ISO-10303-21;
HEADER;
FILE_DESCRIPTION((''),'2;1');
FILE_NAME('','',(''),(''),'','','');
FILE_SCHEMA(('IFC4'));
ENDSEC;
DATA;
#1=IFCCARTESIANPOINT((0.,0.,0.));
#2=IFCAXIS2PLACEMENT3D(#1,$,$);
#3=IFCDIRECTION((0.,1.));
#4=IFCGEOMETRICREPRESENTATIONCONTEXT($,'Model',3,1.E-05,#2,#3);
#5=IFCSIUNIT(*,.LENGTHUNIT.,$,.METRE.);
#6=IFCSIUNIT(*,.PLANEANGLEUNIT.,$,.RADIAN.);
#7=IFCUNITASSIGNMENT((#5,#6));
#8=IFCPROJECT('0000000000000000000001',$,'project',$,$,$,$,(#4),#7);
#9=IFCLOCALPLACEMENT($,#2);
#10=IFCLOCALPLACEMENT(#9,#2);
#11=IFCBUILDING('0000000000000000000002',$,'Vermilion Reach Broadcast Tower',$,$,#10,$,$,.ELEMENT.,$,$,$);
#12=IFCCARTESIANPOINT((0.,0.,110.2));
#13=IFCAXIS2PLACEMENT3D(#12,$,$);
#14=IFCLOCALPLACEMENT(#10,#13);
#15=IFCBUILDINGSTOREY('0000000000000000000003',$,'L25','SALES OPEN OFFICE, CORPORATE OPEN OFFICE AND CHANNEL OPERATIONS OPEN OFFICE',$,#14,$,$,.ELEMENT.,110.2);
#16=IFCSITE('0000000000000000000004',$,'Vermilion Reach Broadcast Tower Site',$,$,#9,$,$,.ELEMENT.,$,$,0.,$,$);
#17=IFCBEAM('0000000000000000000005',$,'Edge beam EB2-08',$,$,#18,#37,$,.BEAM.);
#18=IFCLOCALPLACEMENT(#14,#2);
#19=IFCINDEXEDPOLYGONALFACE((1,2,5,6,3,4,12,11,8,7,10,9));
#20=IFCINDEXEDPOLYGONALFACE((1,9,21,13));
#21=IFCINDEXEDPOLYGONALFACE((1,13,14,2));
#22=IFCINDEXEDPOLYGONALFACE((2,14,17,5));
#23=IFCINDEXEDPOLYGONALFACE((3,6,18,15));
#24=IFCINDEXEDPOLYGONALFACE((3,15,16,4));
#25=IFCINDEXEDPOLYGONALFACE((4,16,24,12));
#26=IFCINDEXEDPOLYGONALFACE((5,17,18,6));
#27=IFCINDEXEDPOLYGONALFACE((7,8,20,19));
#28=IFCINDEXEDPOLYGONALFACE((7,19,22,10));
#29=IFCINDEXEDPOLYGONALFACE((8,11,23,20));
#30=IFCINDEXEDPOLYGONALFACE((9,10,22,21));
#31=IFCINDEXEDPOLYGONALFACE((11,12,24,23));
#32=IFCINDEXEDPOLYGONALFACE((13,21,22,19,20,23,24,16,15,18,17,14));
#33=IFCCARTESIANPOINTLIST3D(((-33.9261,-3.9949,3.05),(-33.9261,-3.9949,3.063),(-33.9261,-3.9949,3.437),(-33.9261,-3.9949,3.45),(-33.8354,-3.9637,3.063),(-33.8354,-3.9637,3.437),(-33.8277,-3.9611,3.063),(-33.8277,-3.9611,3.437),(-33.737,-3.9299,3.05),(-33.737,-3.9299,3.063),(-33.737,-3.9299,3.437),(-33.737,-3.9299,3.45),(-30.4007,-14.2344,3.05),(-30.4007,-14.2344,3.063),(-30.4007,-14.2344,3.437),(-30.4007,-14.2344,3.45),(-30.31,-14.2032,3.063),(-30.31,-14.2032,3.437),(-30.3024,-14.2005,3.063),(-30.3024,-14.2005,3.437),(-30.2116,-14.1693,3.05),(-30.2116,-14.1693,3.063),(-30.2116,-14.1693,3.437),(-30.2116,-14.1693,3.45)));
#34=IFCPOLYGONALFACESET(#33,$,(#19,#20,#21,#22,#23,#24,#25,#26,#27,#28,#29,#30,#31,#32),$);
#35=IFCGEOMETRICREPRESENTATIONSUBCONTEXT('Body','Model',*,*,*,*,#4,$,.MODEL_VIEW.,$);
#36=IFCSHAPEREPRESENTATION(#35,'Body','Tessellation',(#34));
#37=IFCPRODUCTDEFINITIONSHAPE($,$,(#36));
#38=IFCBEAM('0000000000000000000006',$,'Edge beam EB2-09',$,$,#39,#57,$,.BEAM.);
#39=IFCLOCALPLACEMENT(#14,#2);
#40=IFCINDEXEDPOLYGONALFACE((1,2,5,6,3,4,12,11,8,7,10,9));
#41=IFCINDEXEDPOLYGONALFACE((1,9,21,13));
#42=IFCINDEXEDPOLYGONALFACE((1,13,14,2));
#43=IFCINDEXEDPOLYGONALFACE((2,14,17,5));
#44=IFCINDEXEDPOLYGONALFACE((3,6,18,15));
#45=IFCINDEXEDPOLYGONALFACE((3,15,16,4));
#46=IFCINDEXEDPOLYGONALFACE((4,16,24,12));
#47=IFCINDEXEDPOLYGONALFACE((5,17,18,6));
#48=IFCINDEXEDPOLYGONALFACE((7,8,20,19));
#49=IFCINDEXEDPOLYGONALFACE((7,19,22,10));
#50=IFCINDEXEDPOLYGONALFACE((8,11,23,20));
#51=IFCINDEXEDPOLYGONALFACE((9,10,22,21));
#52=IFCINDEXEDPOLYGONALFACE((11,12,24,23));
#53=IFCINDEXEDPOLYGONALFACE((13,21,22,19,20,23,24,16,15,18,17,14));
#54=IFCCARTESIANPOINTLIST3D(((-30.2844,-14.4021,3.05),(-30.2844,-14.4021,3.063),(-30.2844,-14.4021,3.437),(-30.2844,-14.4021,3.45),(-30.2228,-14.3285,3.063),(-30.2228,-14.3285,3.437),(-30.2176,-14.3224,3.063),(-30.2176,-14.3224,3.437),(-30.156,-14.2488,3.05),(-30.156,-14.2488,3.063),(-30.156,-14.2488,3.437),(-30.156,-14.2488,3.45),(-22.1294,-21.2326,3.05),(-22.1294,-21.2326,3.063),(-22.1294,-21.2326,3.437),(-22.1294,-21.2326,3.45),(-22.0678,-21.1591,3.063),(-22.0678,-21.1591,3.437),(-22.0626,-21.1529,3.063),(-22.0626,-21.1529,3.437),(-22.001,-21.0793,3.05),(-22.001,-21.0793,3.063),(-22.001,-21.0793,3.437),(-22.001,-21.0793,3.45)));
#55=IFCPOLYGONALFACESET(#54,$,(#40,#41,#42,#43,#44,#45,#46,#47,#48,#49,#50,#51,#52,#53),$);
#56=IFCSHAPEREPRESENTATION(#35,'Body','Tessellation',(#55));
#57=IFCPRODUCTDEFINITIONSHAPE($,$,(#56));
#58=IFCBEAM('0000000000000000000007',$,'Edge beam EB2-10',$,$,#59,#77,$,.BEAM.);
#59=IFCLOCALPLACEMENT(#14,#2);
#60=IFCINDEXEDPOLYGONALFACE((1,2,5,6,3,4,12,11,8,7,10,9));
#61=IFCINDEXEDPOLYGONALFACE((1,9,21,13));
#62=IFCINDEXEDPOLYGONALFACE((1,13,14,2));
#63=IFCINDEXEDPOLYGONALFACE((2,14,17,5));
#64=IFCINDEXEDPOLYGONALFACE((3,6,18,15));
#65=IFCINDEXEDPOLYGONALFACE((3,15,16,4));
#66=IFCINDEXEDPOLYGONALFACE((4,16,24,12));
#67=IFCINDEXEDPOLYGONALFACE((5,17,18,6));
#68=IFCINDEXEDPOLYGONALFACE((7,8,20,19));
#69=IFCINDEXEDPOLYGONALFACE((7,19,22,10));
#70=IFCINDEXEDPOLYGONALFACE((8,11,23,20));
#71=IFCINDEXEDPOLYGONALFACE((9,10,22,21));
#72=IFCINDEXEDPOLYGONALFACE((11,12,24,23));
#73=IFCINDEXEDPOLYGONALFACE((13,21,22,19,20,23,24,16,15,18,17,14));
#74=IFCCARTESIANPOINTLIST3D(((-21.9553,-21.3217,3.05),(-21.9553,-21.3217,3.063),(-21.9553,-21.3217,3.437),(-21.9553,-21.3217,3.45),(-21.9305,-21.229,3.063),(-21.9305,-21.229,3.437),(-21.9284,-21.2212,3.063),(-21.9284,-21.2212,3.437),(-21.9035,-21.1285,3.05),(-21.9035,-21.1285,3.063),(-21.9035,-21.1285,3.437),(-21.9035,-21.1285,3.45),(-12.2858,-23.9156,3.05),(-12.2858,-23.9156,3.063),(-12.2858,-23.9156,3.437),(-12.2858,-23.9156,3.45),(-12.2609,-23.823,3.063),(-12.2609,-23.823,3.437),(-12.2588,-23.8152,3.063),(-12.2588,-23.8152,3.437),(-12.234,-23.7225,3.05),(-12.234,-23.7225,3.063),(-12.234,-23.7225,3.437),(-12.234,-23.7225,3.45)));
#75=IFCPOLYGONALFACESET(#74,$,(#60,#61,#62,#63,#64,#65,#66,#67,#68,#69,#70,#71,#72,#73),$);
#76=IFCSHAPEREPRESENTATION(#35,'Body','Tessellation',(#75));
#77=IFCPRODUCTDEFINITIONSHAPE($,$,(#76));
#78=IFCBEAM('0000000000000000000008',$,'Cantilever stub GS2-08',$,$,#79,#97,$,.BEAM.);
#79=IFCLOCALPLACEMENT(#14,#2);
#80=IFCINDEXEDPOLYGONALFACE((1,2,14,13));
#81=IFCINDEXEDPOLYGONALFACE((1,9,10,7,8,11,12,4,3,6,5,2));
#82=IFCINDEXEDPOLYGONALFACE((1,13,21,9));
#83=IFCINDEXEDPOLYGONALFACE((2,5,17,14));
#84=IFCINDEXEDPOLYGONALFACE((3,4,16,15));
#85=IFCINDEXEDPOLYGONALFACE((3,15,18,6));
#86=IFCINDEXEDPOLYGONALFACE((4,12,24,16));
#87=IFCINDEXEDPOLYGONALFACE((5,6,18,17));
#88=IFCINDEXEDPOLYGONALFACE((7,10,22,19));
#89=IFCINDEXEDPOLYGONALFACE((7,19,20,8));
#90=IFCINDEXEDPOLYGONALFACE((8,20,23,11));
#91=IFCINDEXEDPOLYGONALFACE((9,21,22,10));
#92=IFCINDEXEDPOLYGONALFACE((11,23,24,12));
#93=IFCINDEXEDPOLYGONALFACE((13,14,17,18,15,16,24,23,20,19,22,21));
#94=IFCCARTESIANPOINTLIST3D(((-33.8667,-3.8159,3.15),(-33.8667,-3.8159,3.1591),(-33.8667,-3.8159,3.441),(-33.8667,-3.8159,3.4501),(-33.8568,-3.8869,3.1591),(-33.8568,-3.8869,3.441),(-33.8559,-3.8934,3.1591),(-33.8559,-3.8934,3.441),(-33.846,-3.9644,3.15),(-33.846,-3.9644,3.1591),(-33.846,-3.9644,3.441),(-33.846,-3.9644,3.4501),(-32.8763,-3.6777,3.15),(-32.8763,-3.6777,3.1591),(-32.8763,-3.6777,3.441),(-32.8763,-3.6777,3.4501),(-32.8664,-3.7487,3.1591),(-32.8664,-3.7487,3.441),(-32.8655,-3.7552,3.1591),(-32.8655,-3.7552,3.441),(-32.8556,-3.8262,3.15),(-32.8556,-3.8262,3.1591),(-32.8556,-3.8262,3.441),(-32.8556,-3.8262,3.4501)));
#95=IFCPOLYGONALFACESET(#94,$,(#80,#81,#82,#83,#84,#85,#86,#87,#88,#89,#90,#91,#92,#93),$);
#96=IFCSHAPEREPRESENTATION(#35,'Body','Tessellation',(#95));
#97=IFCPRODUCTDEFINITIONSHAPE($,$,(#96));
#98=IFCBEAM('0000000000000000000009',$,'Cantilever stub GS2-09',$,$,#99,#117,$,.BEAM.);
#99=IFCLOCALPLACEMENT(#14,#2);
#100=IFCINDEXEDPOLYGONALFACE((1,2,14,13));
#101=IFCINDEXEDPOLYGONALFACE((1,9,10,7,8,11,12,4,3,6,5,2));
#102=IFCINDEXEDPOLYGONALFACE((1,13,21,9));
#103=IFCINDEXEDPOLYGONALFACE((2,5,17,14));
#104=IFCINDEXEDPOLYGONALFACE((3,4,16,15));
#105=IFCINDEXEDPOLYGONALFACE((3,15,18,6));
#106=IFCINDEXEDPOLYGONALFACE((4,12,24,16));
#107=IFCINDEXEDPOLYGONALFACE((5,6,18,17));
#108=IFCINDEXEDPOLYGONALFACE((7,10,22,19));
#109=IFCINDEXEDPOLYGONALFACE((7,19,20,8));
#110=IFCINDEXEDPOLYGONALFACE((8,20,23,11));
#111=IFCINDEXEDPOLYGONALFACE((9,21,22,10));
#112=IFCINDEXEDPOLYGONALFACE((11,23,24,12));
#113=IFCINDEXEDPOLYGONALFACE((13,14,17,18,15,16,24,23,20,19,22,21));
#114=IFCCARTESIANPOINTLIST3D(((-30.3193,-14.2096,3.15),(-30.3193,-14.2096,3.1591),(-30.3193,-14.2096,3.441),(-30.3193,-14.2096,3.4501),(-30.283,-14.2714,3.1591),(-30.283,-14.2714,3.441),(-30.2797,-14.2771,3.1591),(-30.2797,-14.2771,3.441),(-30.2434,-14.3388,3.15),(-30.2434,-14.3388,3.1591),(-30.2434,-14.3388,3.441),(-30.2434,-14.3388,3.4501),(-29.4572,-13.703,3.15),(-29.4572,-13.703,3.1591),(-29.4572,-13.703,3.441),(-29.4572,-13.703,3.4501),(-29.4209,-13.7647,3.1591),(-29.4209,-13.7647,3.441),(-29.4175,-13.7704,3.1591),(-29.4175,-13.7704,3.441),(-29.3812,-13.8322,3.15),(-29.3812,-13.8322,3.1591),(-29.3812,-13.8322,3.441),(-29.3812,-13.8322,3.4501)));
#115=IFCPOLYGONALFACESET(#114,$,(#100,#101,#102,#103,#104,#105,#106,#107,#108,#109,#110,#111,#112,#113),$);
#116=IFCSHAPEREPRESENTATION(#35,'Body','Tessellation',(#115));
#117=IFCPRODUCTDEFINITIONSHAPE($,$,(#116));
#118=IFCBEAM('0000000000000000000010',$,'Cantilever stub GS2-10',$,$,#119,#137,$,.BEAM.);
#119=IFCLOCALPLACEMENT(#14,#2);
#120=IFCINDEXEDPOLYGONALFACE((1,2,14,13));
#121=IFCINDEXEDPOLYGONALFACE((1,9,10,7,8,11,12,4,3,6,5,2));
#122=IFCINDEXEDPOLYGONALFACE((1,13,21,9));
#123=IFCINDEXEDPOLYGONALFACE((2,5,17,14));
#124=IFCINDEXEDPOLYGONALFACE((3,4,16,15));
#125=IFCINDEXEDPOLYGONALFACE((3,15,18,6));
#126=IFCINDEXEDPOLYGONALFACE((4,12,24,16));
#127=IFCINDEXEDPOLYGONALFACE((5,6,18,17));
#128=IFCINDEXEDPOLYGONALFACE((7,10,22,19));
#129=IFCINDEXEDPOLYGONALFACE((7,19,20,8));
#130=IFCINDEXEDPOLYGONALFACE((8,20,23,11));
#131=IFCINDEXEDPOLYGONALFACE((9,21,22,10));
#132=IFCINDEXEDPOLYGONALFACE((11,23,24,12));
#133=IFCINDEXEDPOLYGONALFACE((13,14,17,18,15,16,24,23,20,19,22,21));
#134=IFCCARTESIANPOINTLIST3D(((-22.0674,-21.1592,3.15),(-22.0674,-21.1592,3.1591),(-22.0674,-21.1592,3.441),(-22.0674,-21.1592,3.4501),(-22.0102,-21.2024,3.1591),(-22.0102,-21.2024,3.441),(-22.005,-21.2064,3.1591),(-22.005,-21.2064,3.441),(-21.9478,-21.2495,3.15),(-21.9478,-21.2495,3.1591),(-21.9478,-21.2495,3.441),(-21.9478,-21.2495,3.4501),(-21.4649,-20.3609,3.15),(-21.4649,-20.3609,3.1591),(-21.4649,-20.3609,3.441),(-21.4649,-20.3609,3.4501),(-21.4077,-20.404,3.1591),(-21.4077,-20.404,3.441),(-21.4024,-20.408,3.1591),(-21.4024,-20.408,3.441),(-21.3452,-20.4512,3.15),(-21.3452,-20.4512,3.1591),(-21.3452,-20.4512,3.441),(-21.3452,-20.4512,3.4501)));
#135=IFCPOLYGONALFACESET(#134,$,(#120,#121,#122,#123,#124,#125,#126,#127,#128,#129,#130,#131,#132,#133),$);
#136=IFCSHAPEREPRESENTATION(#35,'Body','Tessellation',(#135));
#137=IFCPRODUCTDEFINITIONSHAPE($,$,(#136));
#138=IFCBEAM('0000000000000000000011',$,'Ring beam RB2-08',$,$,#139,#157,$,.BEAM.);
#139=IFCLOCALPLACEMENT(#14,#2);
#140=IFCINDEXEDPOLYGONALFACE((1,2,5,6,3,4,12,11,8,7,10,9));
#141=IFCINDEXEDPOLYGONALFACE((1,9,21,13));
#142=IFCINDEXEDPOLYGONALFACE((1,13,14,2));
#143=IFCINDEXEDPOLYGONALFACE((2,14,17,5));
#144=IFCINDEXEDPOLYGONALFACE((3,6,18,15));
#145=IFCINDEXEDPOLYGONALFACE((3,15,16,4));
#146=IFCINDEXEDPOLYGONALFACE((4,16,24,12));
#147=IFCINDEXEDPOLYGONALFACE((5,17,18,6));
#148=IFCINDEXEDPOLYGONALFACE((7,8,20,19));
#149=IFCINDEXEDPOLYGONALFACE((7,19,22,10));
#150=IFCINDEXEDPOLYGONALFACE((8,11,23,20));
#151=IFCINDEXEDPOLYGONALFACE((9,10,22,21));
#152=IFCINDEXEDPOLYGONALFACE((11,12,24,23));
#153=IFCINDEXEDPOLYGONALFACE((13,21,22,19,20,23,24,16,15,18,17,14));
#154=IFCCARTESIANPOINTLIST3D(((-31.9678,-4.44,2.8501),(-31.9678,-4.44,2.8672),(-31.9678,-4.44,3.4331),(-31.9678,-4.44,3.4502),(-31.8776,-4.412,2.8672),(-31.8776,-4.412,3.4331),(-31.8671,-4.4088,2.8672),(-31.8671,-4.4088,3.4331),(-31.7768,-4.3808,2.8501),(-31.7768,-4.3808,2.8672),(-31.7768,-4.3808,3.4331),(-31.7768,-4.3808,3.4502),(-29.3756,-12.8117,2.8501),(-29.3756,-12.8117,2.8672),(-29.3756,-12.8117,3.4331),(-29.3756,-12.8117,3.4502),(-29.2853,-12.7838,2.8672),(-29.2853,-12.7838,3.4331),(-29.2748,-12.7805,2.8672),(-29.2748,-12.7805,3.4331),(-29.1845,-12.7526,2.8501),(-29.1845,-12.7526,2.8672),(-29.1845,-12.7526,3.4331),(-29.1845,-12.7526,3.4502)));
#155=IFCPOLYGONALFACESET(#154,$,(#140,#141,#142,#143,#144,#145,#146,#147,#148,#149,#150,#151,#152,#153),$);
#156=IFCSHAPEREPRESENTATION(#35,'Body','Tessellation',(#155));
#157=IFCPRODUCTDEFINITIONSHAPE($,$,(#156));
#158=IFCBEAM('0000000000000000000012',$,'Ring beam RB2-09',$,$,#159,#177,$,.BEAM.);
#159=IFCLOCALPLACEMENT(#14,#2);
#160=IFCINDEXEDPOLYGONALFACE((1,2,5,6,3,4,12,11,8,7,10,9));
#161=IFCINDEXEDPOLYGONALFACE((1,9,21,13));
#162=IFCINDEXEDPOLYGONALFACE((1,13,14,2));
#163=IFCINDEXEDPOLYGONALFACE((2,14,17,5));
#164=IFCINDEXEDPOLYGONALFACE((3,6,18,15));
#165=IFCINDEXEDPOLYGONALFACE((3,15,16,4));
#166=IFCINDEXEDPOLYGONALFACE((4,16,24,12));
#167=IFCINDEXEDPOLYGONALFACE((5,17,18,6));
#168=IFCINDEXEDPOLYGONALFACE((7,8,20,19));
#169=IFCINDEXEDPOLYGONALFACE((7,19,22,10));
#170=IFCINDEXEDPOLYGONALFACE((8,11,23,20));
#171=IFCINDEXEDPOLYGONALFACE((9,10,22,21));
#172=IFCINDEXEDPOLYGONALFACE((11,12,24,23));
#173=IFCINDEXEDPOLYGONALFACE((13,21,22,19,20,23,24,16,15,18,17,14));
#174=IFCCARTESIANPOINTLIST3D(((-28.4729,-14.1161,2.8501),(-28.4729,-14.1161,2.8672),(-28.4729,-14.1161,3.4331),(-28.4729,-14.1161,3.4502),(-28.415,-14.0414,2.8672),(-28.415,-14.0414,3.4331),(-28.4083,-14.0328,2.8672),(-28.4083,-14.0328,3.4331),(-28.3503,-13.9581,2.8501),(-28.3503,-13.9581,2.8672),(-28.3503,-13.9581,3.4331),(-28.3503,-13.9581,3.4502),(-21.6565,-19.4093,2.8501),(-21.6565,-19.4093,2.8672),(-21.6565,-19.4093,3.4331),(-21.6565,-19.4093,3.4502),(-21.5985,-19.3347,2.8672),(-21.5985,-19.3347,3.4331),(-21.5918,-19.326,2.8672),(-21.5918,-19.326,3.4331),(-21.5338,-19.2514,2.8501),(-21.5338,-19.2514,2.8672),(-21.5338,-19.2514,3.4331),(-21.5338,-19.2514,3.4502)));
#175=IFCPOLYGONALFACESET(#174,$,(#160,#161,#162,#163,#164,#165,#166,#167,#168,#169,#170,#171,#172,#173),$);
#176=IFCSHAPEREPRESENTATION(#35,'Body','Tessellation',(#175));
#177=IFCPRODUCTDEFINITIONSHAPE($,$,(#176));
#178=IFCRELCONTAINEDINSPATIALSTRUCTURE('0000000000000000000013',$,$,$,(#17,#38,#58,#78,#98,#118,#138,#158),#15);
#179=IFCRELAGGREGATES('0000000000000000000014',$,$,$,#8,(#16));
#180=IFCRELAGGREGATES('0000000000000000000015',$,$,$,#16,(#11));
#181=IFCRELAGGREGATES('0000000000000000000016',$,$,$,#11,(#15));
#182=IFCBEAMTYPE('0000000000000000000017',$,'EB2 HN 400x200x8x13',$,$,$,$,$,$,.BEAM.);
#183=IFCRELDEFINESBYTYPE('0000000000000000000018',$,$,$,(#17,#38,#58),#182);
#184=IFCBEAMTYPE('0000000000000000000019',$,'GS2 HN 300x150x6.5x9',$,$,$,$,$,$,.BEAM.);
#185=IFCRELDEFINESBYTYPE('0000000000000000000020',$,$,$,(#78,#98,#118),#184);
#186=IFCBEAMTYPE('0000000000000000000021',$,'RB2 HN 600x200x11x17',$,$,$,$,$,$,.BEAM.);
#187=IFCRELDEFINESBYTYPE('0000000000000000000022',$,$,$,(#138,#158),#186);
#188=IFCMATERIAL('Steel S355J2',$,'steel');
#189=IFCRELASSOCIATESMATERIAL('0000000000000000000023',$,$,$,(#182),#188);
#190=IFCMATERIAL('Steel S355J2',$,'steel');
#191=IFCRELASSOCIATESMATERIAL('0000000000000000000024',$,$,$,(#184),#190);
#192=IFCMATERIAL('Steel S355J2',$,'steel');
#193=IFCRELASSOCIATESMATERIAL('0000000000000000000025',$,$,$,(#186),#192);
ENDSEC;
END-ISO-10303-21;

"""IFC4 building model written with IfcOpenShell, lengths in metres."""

from ifc_helpers import new_model, si_unit, direction, frame, origin, origin_2d, place, context, subcontext, project, spatial, i_section, extrude, material, material_profile, profile_set, type_object, element, save


model = new_model("IFC4")

# Units and contexts
model_context = context("Model", 3, precision=1e-05, world=origin(), true_north=direction((0.0, 1.0)))
body_context = subcontext(model_context, "Body", "Model", "MODEL_VIEW")
ifc_project = project(units=[si_unit("LENGTHUNIT", "METRE"), si_unit("PLANEANGLEUNIT", "RADIAN")], contexts=[model_context])

# Site, building, storey
site_placement = place(None, origin())
site = spatial("IfcSite", under=ifc_project, at=site_placement, Name="Vermilion Reach Broadcast Tower Site", CompositionType="ELEMENT", RefElevation=0.0)
building_placement = place(site_placement, origin())
building = spatial("IfcBuilding", under=site, at=building_placement, Name="Vermilion Reach Broadcast Tower", CompositionType="ELEMENT")
storey_placement = place(building_placement, frame((0.0, 0.0, 110.2)))
storey = spatial("IfcBuildingStorey", under=building, at=storey_placement, Name="L25", Description="SALES OPEN OFFICE, CORPORATE OPEN OFFICE AND CHANNEL OPERATIONS OPEN OFFICE", CompositionType="ELEMENT", Elevation=110.2)

# Beams
ifc_material_1 = material(Name="Steel S355J2", Category="steel")
ifc_material_profile_1 = material_profile(ifc_material_1, i_section(OverallWidth=0.2, OverallDepth=0.3999, WebThickness=0.0081, FlangeThickness=0.0129, at=origin_2d()), Name="S355J2 HN 400x200x8x13")
ifc_profile_set_1 = profile_set([ifc_material_profile_1], Name="Steel S355J2")
beam_type_1 = type_object("IfcBeamType", Name="EB2 HN 400x200x8x13", PredefinedType="BEAM", material=ifc_profile_set_1)
beam_1_placement = place(storey_placement, frame((-33.8315, -3.9624, 3.25), z_axis=(0.325539, -0.945529, 0.0), x_axis=(0.945529, 0.325539, 0.0)))
element("IfcBeam", 1, at=beam_1_placement, inside=storey, type_object=beam_type_1, Name="Edge beam EB2-08", PredefinedType="BEAM", context=body_context, shape_type="SweptSolid", body=[
    extrude(i_section(OverallWidth=0.2, OverallDepth=0.3999, WebThickness=0.0081, FlangeThickness=0.0129, at=origin_2d()), origin(), (0.0, 0.0, 1.0), 10.8293),
])
beam_2_placement = place(storey_placement, frame((-30.2202, -14.3254, 3.25), z_axis=(0.766614, -0.642108, 0.0), x_axis=(0.642108, 0.766614, 0.0)))
element("IfcBeam", 2, at=beam_2_placement, inside=storey, type_object=beam_type_1, Name="Edge beam EB2-09", PredefinedType="BEAM", context=body_context, shape_type="SweptSolid", body=[
    extrude(i_section(OverallWidth=0.2, OverallDepth=0.3999, WebThickness=0.0081, FlangeThickness=0.0129, at=origin_2d()), origin(), (0.0, 0.0, 1.0), 10.6377),
])
beam_3_placement = place(storey_placement, frame((-21.9294, -21.2251, 3.25), z_axis=(0.965851, -0.2591, 0.0), x_axis=(0.2591, 0.965851, 0.0)))
element("IfcBeam", 3, at=beam_3_placement, inside=storey, type_object=beam_type_1, Name="Edge beam EB2-10", PredefinedType="BEAM", context=body_context, shape_type="SweptSolid", body=[
    extrude(i_section(OverallWidth=0.2, OverallDepth=0.3999, WebThickness=0.0081, FlangeThickness=0.0129, at=origin_2d()), origin(), (0.0, 0.0, 1.0), 10.0115),
])
ifc_material_2 = material(Name="Steel S355J2", Category="steel")
ifc_material_profile_2 = material_profile(ifc_material_2, i_section(OverallWidth=0.1499, OverallDepth=0.3, WebThickness=0.0066, FlangeThickness=0.009, at=origin_2d()), Name="S355J2 HN 300x150x6.5x9")
ifc_profile_set_2 = profile_set([ifc_material_profile_2], Name="Steel S355J2")
beam_type_2 = type_object("IfcBeamType", Name="GS2 HN 300x150x6.5x9", PredefinedType="BEAM", material=ifc_profile_set_2)
for number, where, z_axis, x_axis, name in (
    (4, (-32.866, -3.752, 3.3), (-0.990408, -0.138174, 0.0), (0.138174, -0.990408, 0.0), "Cantilever stub GS2-08"),
    (5, (-29.4192, -13.7676, 3.3), (-0.862154, -0.506647, 0.0), (0.506647, -0.862154, 0.0), "Cantilever stub GS2-09"),
):
    element("IfcBeam", number, at=place(storey_placement, frame(where, z_axis=z_axis, x_axis=x_axis)), inside=storey, type_object=beam_type_2, Name=name, PredefinedType="BEAM", context=body_context, shape_type="SweptSolid", body=[
        extrude(i_section(OverallWidth=0.1499, OverallDepth=0.3, WebThickness=0.0066, FlangeThickness=0.009, at=origin_2d()), origin(), (0.0, 0.0, 1.0), 1.0),
    ])
beam_4_placement = place(storey_placement, frame((-21.405, -20.406, 3.3), z_axis=(-0.602419, -0.79818, 0.0), x_axis=(0.79818, -0.602419, 0.0)))
element("IfcBeam", 6, at=beam_4_placement, inside=storey, type_object=beam_type_2, Name="Cantilever stub GS2-10", PredefinedType="BEAM", context=body_context, shape_type="SweptSolid", body=[
    extrude(i_section(OverallWidth=0.1499, OverallDepth=0.3, WebThickness=0.0066, FlangeThickness=0.009, at=origin_2d()), origin(), (0.0, 0.0, 1.0), 1.0002),
])
ifc_material_3 = material(Name="Steel S355J2", Category="steel")
ifc_material_profile_3 = material_profile(ifc_material_3, i_section(OverallWidth=0.2, OverallDepth=0.6001, WebThickness=0.011, FlangeThickness=0.0171, at=origin_2d()), Name="S355J2 HN 600x200x11x17")
ifc_profile_set_3 = profile_set([ifc_material_profile_3], Name="Steel S355J2")
beam_type_3 = type_object("IfcBeamType", Name="RB2 HN 600x200x11x17", PredefinedType="BEAM", material=ifc_profile_set_3)
beam_5_placement = place(storey_placement, frame((-31.8723, -4.4104, 3.1501), z_axis=(0.295788, -0.955253, 0.0), x_axis=(0.955253, 0.295788, 0.0)))
element("IfcBeam", 7, at=beam_5_placement, inside=storey, type_object=beam_type_3, Name="Ring beam RB2-08", PredefinedType="BEAM", context=body_context, shape_type="SweptSolid", body=[
    extrude(i_section(OverallWidth=0.2, OverallDepth=0.6001, WebThickness=0.011, FlangeThickness=0.0171, at=origin_2d()), origin(), (0.0, 0.0, 1.0), 8.7639),
])
beam_6_placement = place(storey_placement, frame((-28.4116, -14.0371, 3.1501), z_axis=(0.789826, -0.613331, 0.0), x_axis=(0.613331, 0.789826, 0.0)))
element("IfcBeam", 8, at=beam_6_placement, inside=storey, type_object=beam_type_3, Name="Ring beam RB2-09", PredefinedType="BEAM", context=body_context, shape_type="SweptSolid", body=[
    extrude(i_section(OverallWidth=0.2, OverallDepth=0.6001, WebThickness=0.011, FlangeThickness=0.0171, at=origin_2d()), origin(), (0.0, 0.0, 1.0), 8.6304),
])

save(model, "model.ifc")
